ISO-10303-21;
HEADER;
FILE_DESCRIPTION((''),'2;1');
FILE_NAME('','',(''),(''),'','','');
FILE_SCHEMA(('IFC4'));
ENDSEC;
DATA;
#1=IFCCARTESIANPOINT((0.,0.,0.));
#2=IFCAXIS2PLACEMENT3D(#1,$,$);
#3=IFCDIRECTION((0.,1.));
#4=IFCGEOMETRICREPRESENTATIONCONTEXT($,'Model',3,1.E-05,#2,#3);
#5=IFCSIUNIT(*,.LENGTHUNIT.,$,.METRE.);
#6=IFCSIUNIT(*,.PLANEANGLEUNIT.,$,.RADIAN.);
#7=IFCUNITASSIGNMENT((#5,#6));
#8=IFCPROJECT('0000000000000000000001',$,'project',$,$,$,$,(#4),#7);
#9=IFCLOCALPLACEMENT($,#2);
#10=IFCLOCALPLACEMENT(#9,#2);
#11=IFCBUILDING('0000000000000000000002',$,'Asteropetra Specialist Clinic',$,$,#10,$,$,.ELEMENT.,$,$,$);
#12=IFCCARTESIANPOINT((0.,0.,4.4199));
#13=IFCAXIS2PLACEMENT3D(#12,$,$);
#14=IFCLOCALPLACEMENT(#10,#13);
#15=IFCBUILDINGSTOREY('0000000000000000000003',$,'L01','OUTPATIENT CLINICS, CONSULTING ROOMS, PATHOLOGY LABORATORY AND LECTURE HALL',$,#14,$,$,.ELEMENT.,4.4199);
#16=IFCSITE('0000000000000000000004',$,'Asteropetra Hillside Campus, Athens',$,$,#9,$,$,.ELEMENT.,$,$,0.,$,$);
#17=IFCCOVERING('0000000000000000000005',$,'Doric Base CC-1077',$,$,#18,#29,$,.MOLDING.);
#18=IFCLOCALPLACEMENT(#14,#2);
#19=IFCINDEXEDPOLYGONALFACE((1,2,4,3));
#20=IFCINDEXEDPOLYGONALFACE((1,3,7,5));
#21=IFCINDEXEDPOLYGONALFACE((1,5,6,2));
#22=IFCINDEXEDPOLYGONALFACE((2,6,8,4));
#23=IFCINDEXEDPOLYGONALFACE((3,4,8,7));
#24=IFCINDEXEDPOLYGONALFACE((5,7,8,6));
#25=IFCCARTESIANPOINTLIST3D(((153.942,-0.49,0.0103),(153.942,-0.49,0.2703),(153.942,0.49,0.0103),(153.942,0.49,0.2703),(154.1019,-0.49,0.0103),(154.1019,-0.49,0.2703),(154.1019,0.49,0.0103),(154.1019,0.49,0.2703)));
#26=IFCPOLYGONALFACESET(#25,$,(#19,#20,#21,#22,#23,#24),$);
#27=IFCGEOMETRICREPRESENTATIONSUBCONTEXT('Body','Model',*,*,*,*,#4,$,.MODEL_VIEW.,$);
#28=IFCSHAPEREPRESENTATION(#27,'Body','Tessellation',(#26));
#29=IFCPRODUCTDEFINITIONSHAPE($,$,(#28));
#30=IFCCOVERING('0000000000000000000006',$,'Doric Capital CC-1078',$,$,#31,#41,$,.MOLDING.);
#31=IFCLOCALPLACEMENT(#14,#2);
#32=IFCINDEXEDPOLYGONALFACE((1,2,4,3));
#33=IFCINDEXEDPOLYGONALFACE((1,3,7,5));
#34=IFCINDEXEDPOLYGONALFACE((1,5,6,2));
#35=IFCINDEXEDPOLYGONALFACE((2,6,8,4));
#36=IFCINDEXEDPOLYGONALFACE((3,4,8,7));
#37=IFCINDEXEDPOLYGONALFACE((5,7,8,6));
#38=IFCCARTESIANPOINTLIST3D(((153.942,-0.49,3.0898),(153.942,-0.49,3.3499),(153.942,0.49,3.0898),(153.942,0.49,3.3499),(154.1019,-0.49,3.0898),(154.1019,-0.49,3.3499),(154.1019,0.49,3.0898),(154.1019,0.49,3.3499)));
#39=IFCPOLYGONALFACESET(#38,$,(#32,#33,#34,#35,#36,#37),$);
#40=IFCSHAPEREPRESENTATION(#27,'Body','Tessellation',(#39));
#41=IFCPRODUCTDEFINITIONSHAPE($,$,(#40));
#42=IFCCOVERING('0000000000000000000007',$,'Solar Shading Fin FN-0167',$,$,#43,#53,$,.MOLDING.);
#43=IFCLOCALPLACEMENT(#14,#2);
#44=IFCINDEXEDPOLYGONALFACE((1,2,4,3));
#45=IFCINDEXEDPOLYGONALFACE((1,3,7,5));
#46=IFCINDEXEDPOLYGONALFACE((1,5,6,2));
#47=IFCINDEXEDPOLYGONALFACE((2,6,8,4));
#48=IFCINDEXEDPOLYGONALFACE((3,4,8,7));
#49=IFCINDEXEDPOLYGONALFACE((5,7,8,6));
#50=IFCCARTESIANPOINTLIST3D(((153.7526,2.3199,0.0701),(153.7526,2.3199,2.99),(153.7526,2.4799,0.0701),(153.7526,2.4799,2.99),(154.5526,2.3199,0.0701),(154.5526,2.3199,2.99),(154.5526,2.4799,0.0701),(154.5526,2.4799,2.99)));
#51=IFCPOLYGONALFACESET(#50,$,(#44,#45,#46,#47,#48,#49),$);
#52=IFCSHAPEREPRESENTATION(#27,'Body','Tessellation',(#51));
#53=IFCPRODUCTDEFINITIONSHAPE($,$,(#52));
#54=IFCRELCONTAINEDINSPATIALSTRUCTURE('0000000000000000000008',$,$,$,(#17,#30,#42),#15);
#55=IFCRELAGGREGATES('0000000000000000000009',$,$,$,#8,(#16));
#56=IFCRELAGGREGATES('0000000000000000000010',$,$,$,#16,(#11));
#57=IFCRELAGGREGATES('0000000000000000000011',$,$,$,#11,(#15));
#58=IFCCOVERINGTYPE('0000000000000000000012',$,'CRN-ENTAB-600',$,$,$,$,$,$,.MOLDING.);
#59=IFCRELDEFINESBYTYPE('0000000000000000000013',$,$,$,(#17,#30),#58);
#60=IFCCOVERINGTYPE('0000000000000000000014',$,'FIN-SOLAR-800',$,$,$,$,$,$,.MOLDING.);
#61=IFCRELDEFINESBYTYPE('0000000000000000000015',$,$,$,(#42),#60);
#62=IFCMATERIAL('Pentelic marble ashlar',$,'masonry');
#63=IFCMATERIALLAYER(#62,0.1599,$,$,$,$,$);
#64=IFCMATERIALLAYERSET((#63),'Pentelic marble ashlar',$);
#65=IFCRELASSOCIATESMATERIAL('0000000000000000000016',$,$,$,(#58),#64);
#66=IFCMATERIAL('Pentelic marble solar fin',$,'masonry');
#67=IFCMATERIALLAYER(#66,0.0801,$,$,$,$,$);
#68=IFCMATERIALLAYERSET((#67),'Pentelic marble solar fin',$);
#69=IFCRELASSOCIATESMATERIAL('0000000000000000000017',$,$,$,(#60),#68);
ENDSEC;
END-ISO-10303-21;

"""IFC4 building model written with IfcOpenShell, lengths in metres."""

from ifc_helpers import new_model, si_unit, direction, frame, origin, origin_2d, place, context, subcontext, project, spatial, rectangle, extrude, material, layer, layer_set, type_object, element, save


model = new_model("IFC4")

# Units and contexts
model_context = context("Model", 3, precision=1e-05, world=origin(), true_north=direction((0.0, 1.0)))
body_context = subcontext(model_context, "Body", "Model", "MODEL_VIEW")
ifc_project = project(units=[si_unit("LENGTHUNIT", "METRE"), si_unit("PLANEANGLEUNIT", "RADIAN")], contexts=[model_context])

# Site, building, storey
site_placement = place(None, origin())
site = spatial("IfcSite", under=ifc_project, at=site_placement, Name="Asteropetra Hillside Campus, Athens", CompositionType="ELEMENT", RefElevation=0.0)
building_placement = place(site_placement, origin())
building = spatial("IfcBuilding", under=site, at=building_placement, Name="Asteropetra Specialist Clinic", CompositionType="ELEMENT")
storey_placement = place(building_placement, frame((0.0, 0.0, 4.4199)))
storey = spatial("IfcBuildingStorey", under=building, at=storey_placement, Name="L01", Description="OUTPATIENT CLINICS, CONSULTING ROOMS, PATHOLOGY LABORATORY AND LECTURE HALL", CompositionType="ELEMENT", Elevation=4.4199)

# Coverings
ifc_material_1 = material(Name="Pentelic marble ashlar", Category="masonry")
ifc_layer_1 = layer(ifc_material_1, 0.1599)
ifc_layer_set_1 = layer_set([ifc_layer_1], Name="Pentelic marble ashlar")
covering_type_1 = type_object("IfcCoveringType", Name="CRN-ENTAB-600", PredefinedType="MOLDING", material=ifc_layer_set_1)
for number, where, z_axis, x_axis, name in (
    (1, (154.022, 0.0, 0.0103), (0.0, 0.0, 1.0), (1.0, 0.0, 0.0), "Doric Base CC-1077"),
    (2, (154.022, 0.0, 3.0898), (0.0, 0.0, 1.0), (1.0, 0.0, 0.0), "Doric Capital CC-1078"),
):
    element("IfcCovering", number, at=place(storey_placement, frame(where, z_axis=z_axis, x_axis=x_axis)), inside=storey, type_object=covering_type_1, Name=name, PredefinedType="MOLDING", context=body_context, shape_type="SweptSolid", body=[
        extrude(rectangle(XDim=0.1599, YDim=0.98, at=origin_2d()), origin(), (0.0, 0.0, 1.0), 0.26),
    ])
ifc_material_2 = material(Name="Pentelic marble solar fin", Category="masonry")
ifc_layer_2 = layer(ifc_material_2, 0.0801)
ifc_layer_set_2 = layer_set([ifc_layer_2], Name="Pentelic marble solar fin")
covering_type_2 = type_object("IfcCoveringType", Name="FIN-SOLAR-800", PredefinedType="MOLDING", material=ifc_layer_set_2)
covering_1_placement = place(storey_placement, frame((154.1526, 2.3999, 0.0701), z_axis=(0.0, 0.0, 1.0), x_axis=(1.0, 0.0, 0.0)))
element("IfcCovering", 3, at=covering_1_placement, inside=storey, type_object=covering_type_2, Name="Solar Shading Fin FN-0167", PredefinedType="MOLDING", context=body_context, shape_type="SweptSolid", body=[
    extrude(rectangle(XDim=0.8, YDim=0.1599, at=origin_2d()), origin(), (0.0, 0.0, 1.0), 2.9199),
])

save(model, "model.ifc")
